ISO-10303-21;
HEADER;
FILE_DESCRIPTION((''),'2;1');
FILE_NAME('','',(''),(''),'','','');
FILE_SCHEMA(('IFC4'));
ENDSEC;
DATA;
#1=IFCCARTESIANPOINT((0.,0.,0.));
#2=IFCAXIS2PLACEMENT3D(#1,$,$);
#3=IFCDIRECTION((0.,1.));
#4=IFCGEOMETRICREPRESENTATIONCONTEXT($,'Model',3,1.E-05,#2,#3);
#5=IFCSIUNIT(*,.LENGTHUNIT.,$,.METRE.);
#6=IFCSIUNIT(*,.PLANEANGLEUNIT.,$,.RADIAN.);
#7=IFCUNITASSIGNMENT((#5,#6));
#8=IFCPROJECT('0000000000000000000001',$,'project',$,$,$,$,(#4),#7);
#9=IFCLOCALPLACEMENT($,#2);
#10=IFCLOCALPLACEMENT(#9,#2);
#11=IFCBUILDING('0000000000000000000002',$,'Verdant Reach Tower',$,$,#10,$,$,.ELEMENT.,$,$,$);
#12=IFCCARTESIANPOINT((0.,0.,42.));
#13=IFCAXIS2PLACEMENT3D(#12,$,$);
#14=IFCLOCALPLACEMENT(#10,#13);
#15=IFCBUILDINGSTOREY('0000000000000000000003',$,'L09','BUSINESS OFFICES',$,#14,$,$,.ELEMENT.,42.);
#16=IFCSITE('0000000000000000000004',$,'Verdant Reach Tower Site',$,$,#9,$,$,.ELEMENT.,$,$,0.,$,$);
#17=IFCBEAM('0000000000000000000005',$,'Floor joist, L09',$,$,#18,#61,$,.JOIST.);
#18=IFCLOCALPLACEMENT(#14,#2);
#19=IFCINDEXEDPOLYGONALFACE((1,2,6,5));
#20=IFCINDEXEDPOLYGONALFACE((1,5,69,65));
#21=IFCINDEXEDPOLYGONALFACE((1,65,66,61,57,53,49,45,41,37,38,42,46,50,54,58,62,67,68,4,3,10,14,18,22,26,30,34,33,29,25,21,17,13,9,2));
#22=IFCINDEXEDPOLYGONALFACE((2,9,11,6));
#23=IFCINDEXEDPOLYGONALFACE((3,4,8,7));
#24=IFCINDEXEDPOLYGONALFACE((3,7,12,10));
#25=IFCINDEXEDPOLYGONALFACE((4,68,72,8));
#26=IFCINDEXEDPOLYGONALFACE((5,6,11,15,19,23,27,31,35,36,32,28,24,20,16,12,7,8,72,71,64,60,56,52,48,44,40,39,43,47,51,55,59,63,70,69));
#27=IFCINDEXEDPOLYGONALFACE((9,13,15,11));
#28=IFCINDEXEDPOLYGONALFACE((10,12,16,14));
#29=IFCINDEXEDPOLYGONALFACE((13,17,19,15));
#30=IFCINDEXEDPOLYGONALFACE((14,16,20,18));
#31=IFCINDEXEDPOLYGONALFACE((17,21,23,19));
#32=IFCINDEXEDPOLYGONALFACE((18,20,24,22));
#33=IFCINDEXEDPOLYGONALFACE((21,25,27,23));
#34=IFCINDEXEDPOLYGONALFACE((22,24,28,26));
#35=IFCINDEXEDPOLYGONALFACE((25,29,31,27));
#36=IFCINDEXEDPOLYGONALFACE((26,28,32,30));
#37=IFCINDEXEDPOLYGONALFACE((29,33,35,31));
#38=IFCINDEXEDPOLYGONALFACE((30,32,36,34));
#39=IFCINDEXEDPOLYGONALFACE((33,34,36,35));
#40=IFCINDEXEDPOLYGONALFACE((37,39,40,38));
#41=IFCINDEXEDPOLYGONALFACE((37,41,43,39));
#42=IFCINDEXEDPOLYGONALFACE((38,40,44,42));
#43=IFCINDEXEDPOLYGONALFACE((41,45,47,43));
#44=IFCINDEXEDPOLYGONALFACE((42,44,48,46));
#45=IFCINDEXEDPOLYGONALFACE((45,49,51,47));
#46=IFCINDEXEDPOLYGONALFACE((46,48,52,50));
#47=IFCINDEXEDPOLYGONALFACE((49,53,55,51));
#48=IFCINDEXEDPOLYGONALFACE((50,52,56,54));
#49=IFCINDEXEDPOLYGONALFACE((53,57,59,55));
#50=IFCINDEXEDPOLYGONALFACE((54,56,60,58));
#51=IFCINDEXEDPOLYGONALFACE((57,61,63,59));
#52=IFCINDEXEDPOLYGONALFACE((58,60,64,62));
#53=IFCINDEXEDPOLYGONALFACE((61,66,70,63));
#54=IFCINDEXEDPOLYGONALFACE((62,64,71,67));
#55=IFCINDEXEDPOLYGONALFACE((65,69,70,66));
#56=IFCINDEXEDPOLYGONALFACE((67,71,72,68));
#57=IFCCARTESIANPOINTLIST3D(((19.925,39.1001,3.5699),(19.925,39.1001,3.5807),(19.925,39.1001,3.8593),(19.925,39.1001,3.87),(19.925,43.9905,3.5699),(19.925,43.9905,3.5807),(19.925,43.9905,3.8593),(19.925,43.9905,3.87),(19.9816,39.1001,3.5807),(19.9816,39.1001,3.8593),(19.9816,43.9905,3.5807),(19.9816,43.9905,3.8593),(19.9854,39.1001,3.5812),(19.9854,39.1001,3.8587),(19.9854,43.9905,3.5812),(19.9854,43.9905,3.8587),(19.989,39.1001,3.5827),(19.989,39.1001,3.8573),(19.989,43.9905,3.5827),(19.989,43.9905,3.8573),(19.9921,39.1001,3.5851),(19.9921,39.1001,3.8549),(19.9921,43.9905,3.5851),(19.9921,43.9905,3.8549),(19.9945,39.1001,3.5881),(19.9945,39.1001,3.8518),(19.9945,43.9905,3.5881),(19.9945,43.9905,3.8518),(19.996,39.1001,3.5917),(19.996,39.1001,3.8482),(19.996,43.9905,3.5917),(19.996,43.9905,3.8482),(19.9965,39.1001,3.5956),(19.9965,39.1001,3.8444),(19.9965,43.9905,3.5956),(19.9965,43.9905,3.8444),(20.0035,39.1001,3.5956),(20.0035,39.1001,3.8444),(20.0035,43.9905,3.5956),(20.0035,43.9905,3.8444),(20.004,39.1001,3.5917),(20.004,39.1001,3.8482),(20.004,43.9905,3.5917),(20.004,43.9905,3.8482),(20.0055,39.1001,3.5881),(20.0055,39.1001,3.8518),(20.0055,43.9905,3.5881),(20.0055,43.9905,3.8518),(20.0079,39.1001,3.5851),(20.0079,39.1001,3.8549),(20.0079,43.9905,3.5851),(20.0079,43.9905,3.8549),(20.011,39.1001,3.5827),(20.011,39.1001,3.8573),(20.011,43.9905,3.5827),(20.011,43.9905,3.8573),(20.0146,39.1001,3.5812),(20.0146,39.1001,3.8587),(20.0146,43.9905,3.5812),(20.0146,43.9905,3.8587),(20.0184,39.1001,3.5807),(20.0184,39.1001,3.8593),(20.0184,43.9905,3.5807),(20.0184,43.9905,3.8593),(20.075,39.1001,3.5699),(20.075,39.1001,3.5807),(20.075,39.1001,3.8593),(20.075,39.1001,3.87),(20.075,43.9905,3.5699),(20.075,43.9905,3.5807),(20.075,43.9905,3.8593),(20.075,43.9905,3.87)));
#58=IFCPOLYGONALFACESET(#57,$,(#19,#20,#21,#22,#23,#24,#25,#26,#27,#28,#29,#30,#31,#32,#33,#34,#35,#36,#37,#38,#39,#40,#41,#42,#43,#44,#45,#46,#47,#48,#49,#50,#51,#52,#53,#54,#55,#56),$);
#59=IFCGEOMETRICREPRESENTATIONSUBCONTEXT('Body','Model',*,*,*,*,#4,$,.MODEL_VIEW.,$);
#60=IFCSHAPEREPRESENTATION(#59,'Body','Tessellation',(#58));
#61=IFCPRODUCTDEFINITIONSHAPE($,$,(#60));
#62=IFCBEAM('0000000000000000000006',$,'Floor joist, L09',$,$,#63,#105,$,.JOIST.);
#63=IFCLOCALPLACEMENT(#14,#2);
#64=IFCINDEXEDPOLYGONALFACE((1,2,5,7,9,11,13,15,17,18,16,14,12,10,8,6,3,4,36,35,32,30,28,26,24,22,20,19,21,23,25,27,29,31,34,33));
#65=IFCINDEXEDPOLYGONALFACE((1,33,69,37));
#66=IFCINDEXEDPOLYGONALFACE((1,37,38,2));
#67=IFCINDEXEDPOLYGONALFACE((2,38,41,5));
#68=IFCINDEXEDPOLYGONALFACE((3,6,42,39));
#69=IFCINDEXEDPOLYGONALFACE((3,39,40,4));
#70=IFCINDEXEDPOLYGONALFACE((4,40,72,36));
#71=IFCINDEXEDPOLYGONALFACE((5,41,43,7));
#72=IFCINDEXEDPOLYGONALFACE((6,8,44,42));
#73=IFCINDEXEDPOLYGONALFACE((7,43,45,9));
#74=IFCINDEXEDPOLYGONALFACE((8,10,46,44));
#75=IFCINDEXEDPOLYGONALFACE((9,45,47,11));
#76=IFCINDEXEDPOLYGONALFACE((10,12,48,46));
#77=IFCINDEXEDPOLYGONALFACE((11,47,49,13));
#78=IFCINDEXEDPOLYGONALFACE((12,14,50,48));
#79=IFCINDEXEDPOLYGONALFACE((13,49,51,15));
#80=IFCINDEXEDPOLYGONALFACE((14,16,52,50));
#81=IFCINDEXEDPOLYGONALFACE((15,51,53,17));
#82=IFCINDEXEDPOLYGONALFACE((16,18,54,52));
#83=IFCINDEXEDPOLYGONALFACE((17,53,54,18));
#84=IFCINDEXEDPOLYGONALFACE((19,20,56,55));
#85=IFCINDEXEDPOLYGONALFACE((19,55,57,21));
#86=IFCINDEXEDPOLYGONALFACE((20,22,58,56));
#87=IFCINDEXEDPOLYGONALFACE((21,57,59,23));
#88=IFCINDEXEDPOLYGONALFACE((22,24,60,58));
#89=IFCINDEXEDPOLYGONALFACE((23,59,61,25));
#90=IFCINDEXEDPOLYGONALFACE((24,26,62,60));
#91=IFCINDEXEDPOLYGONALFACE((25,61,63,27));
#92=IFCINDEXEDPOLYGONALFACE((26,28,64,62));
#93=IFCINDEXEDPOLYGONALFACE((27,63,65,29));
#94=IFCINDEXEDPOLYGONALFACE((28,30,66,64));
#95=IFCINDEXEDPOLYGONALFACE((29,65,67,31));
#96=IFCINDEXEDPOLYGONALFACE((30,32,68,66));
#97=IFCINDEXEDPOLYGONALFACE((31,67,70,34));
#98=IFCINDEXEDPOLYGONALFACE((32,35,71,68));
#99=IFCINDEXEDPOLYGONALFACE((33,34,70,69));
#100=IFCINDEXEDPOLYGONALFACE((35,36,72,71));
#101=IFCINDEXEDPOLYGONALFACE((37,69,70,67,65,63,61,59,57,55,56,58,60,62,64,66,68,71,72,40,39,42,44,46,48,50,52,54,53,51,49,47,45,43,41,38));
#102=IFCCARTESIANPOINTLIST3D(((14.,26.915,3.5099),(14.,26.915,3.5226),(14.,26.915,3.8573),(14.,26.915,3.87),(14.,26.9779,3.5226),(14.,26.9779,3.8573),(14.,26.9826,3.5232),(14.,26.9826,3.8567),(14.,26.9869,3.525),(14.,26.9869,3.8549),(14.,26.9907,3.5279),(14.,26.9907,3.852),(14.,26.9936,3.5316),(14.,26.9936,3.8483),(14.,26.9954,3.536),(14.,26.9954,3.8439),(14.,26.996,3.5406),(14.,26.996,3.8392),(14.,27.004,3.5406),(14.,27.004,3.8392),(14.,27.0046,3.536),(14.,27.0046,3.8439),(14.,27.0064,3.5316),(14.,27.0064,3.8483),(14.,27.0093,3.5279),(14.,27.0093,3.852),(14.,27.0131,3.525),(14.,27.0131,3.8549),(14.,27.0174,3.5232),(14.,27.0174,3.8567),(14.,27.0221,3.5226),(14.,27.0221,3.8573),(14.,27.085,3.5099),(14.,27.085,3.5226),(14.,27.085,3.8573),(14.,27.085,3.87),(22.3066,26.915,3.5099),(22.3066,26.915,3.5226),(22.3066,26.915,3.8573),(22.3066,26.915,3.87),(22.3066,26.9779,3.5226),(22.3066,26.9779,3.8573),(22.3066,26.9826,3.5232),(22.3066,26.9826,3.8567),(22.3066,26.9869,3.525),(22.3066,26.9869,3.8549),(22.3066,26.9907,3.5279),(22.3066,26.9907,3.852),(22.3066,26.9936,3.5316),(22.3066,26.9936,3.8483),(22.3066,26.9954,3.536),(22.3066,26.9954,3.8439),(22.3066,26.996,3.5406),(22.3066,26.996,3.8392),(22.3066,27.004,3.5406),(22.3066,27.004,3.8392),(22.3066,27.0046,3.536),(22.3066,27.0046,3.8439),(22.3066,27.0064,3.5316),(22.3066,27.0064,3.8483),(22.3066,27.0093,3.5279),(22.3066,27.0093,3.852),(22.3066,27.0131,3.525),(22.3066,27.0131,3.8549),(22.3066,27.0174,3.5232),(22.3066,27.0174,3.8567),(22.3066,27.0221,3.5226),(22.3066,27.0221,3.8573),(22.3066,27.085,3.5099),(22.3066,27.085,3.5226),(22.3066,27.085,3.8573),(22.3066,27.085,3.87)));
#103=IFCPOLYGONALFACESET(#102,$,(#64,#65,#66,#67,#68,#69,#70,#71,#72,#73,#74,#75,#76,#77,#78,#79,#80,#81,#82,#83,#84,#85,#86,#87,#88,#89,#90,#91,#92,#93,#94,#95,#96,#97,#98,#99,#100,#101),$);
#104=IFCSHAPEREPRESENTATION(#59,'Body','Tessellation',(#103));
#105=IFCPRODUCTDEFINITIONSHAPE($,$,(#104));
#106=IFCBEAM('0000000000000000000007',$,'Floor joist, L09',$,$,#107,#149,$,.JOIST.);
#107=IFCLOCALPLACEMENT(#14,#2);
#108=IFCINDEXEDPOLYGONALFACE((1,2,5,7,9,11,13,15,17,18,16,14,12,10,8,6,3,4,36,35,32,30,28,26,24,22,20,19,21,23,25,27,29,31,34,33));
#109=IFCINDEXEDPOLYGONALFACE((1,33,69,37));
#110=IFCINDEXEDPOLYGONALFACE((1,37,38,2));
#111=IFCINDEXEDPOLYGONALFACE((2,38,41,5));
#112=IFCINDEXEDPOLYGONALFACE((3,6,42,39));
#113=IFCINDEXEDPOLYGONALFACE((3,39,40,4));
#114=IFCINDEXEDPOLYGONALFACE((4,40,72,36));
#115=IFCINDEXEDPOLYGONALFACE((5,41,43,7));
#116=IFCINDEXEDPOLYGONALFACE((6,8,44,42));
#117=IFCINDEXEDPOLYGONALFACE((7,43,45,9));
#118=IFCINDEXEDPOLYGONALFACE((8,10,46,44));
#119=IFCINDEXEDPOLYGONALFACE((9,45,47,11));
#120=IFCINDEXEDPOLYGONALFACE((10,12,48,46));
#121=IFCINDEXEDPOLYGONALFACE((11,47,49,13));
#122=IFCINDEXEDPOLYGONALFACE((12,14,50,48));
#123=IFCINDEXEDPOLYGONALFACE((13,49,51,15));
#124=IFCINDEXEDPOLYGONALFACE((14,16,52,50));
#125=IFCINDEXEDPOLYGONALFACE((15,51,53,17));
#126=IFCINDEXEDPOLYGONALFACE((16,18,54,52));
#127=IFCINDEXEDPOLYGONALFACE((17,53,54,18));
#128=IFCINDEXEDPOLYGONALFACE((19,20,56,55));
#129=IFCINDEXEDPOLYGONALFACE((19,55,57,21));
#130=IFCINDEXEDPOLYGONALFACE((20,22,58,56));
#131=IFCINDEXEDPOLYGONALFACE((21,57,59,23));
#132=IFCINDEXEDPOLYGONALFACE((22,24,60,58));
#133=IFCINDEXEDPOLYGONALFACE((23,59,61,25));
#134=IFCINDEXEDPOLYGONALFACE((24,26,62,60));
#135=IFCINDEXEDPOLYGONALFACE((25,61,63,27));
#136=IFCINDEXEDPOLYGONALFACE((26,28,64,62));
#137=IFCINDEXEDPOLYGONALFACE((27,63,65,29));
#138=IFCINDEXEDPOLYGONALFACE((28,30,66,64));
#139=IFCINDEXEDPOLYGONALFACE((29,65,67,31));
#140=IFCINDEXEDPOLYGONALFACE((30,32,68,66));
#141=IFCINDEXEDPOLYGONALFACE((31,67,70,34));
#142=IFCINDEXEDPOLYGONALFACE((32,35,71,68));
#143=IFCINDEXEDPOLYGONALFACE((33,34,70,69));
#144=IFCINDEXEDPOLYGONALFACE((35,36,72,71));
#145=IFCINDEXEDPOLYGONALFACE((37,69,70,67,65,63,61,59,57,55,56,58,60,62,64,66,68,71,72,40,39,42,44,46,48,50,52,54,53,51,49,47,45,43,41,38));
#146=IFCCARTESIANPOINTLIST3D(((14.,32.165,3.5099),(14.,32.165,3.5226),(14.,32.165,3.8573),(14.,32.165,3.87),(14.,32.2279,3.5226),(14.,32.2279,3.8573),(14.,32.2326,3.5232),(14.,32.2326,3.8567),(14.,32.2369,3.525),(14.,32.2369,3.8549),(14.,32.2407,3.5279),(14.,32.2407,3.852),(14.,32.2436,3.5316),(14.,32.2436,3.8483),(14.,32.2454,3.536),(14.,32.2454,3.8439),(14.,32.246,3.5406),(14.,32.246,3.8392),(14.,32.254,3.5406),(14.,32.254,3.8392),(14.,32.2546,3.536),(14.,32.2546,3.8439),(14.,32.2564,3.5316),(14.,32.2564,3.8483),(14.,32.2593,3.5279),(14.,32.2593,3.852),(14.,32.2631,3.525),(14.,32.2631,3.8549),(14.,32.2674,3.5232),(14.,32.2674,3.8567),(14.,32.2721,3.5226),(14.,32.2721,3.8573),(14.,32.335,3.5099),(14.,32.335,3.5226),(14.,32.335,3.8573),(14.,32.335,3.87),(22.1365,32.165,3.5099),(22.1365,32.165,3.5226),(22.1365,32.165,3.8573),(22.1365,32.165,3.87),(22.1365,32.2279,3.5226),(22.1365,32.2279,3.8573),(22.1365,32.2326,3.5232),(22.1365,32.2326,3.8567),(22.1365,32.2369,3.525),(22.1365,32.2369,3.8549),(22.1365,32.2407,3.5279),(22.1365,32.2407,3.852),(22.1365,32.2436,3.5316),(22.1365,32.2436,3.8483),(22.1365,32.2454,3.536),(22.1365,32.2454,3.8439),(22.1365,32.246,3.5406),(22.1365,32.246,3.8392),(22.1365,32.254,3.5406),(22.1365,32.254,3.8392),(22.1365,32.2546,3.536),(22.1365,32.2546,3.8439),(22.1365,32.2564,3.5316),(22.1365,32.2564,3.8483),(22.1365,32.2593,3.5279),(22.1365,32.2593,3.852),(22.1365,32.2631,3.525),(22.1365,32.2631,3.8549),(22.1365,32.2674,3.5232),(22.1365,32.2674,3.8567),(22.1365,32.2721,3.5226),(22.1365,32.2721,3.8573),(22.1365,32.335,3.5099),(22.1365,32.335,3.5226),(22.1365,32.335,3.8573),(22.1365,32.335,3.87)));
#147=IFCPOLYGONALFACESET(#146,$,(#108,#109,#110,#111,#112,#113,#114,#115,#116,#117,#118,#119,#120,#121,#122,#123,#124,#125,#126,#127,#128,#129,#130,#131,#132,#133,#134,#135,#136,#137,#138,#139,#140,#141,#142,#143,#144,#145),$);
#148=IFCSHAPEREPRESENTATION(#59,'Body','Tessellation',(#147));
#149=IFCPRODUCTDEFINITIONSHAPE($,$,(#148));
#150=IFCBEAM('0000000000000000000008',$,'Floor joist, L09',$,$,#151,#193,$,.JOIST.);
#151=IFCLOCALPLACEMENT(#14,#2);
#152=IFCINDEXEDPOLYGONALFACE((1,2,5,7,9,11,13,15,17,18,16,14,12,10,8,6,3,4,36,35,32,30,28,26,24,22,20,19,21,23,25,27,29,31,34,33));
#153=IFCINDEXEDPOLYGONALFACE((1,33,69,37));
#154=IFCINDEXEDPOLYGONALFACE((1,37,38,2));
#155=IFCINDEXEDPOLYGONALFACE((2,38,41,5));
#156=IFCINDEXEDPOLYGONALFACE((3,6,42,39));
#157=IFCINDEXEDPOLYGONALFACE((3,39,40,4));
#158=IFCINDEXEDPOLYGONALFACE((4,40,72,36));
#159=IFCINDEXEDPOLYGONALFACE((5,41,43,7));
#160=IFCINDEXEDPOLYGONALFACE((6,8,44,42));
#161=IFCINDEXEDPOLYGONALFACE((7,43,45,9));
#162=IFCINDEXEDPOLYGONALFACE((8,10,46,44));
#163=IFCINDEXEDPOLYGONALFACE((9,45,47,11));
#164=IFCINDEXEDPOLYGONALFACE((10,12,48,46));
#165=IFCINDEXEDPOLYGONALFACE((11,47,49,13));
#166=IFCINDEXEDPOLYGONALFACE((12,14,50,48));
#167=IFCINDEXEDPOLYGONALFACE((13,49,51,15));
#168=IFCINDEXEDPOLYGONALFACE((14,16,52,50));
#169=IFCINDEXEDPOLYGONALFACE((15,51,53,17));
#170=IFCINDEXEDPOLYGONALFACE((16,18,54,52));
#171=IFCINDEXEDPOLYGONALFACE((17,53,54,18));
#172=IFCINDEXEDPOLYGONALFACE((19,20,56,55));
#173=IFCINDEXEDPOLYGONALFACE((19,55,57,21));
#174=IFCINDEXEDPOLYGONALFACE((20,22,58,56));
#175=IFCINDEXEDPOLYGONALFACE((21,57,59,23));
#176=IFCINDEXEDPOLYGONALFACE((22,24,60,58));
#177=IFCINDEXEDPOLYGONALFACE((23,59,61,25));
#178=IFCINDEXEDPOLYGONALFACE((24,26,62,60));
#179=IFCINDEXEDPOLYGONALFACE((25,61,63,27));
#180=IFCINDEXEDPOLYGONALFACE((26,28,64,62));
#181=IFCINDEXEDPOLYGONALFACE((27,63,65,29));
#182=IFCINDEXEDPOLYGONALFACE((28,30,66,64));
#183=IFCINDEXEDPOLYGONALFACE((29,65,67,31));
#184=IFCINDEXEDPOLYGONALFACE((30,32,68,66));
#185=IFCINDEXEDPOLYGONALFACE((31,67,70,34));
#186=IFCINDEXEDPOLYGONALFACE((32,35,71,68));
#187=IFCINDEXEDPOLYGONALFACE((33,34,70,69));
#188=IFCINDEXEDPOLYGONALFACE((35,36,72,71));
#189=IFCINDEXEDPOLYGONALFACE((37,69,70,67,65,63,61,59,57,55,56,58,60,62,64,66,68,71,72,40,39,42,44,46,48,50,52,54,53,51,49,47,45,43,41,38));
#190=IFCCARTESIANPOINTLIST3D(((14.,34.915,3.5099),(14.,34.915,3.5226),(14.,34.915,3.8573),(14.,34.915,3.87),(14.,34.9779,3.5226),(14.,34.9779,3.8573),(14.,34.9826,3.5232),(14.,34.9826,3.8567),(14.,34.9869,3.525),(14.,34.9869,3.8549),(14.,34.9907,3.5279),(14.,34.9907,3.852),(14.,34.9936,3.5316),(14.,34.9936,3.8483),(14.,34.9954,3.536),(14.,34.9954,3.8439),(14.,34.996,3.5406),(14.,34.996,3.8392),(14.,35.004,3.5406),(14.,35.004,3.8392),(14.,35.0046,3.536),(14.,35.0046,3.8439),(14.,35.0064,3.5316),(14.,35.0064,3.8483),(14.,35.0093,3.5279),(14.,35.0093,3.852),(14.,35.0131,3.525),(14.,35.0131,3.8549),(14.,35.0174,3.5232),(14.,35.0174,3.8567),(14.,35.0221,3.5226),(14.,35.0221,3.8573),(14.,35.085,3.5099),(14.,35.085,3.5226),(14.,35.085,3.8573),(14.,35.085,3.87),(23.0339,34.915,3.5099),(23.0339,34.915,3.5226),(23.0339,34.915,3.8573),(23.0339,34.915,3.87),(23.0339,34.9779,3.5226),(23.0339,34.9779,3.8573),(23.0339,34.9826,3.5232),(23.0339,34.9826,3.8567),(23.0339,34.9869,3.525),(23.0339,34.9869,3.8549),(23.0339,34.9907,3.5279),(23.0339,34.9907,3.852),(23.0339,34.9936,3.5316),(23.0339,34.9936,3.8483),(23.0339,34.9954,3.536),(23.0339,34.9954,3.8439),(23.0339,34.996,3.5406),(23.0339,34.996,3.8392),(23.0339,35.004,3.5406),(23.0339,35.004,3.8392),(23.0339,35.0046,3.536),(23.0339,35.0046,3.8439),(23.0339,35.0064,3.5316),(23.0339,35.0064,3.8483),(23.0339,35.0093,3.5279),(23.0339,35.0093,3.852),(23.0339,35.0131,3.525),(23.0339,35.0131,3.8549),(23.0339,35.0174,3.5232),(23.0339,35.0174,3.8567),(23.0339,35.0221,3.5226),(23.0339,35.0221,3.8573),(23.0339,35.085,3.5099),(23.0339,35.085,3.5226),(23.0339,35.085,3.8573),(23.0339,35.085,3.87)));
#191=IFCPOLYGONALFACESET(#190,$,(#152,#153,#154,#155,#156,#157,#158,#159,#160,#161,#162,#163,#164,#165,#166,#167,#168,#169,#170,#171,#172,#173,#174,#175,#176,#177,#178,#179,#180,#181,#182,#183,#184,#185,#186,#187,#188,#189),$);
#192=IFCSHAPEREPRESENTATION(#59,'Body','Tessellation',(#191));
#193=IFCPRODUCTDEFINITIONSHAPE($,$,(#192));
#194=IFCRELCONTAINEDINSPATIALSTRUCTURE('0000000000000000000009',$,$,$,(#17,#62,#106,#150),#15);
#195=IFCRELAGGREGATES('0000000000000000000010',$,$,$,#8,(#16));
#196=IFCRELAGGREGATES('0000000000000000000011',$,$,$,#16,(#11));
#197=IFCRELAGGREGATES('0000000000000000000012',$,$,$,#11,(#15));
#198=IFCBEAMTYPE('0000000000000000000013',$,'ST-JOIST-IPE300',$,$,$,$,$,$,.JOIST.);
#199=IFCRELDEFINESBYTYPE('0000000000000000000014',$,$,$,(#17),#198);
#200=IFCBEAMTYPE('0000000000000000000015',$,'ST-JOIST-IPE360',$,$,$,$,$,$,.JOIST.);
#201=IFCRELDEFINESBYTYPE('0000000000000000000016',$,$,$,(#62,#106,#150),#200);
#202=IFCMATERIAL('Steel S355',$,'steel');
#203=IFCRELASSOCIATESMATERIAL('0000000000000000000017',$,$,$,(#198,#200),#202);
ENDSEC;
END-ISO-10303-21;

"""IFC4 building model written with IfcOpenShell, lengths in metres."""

from ifc_helpers import new_model, si_unit, direction, frame, origin, origin_2d, place, context, subcontext, project, spatial, i_section, extrude, material, material_profile, profile_set, type_object, element, save


model = new_model("IFC4")

# Units and contexts
model_context = context("Model", 3, precision=1e-05, world=origin(), true_north=direction((0.0, 1.0)))
body_context = subcontext(model_context, "Body", "Model", "MODEL_VIEW")
ifc_project = project(units=[si_unit("LENGTHUNIT", "METRE"), si_unit("PLANEANGLEUNIT", "RADIAN")], contexts=[model_context])

# Site, building, storey
site_placement = place(None, origin())
site = spatial("IfcSite", under=ifc_project, at=site_placement, Name="Verdant Reach Tower Site", CompositionType="ELEMENT", RefElevation=0.0)
building_placement = place(site_placement, origin())
building = spatial("IfcBuilding", under=site, at=building_placement, Name="Verdant Reach Tower", CompositionType="ELEMENT")
storey_placement = place(building_placement, frame((0.0, 0.0, 42.0)))
storey = spatial("IfcBuildingStorey", under=building, at=storey_placement, Name="L09", Description="BUSINESS OFFICES", CompositionType="ELEMENT", Elevation=42.0)

# Beams
ifc_material_1 = material(Name="Steel S355", Category="steel")
ifc_material_profile_1 = material_profile(ifc_material_1, i_section(OverallWidth=0.1499, OverallDepth=0.3, WebThickness=0.0071, FlangeThickness=0.0107, FilletRadius=0.0149, at=origin_2d()), Name="IPE 300")
ifc_profile_set_1 = profile_set([ifc_material_profile_1], Name="Steel S355")
beam_type_1 = type_object("IfcBeamType", Name="ST-JOIST-IPE300", PredefinedType="JOIST", material=ifc_profile_set_1)
beam_1_placement = place(storey_placement, frame((20.0, 39.1001, 3.72), z_axis=(0.0, 1.0, 0.0), x_axis=(-1.0, 0.0, 0.0)))
element("IfcBeam", 1, at=beam_1_placement, inside=storey, type_object=beam_type_1, Name="Floor joist, L09", PredefinedType="JOIST", context=body_context, shape_type="SweptSolid", body=[
    extrude(i_section(OverallWidth=0.1499, OverallDepth=0.3, WebThickness=0.0071, FlangeThickness=0.0107, FilletRadius=0.0149, at=origin_2d()), origin(), (0.0, 0.0, 1.0), 4.8904),
])
ifc_material_profile_2 = material_profile(ifc_material_1, i_section(OverallWidth=0.1699, OverallDepth=0.3601, WebThickness=0.0081, FlangeThickness=0.0127, FilletRadius=0.0181, at=origin_2d()), Name="IPE 360")
ifc_profile_set_2 = profile_set([ifc_material_profile_2], Name="Steel S355")
beam_type_2 = type_object("IfcBeamType", Name="ST-JOIST-IPE360", PredefinedType="JOIST", material=ifc_profile_set_2)
beam_2_placement = place(storey_placement, frame((14.0, 27.0, 3.6899), z_axis=(1.0, 0.0, 0.0), x_axis=(0.0, 1.0, 0.0)))
element("IfcBeam", 2, at=beam_2_placement, inside=storey, type_object=beam_type_2, Name="Floor joist, L09", PredefinedType="JOIST", context=body_context, shape_type="SweptSolid", body=[
    extrude(i_section(OverallWidth=0.1699, OverallDepth=0.3601, WebThickness=0.0081, FlangeThickness=0.0127, FilletRadius=0.0181, at=origin_2d()), origin(), (0.0, 0.0, 1.0), 8.3066),
])
beam_3_placement = place(storey_placement, frame((14.0, 32.25, 3.6899), z_axis=(1.0, 0.0, 0.0), x_axis=(0.0, 1.0, 0.0)))
element("IfcBeam", 3, at=beam_3_placement, inside=storey, type_object=beam_type_2, Name="Floor joist, L09", PredefinedType="JOIST", context=body_context, shape_type="SweptSolid", body=[
    extrude(i_section(OverallWidth=0.1699, OverallDepth=0.3601, WebThickness=0.0081, FlangeThickness=0.0127, FilletRadius=0.0181, at=origin_2d()), origin(), (0.0, 0.0, 1.0), 8.1365),
])
beam_4_placement = place(storey_placement, frame((14.0, 35.0, 3.6899), z_axis=(1.0, 0.0, 0.0), x_axis=(0.0, 1.0, 0.0)))
element("IfcBeam", 4, at=beam_4_placement, inside=storey, type_object=beam_type_2, Name="Floor joist, L09", PredefinedType="JOIST", context=body_context, shape_type="SweptSolid", body=[
    extrude(i_section(OverallWidth=0.1699, OverallDepth=0.3601, WebThickness=0.0081, FlangeThickness=0.0127, FilletRadius=0.0181, at=origin_2d()), origin(), (0.0, 0.0, 1.0), 9.0339),
])

save(model, "model.ifc")
